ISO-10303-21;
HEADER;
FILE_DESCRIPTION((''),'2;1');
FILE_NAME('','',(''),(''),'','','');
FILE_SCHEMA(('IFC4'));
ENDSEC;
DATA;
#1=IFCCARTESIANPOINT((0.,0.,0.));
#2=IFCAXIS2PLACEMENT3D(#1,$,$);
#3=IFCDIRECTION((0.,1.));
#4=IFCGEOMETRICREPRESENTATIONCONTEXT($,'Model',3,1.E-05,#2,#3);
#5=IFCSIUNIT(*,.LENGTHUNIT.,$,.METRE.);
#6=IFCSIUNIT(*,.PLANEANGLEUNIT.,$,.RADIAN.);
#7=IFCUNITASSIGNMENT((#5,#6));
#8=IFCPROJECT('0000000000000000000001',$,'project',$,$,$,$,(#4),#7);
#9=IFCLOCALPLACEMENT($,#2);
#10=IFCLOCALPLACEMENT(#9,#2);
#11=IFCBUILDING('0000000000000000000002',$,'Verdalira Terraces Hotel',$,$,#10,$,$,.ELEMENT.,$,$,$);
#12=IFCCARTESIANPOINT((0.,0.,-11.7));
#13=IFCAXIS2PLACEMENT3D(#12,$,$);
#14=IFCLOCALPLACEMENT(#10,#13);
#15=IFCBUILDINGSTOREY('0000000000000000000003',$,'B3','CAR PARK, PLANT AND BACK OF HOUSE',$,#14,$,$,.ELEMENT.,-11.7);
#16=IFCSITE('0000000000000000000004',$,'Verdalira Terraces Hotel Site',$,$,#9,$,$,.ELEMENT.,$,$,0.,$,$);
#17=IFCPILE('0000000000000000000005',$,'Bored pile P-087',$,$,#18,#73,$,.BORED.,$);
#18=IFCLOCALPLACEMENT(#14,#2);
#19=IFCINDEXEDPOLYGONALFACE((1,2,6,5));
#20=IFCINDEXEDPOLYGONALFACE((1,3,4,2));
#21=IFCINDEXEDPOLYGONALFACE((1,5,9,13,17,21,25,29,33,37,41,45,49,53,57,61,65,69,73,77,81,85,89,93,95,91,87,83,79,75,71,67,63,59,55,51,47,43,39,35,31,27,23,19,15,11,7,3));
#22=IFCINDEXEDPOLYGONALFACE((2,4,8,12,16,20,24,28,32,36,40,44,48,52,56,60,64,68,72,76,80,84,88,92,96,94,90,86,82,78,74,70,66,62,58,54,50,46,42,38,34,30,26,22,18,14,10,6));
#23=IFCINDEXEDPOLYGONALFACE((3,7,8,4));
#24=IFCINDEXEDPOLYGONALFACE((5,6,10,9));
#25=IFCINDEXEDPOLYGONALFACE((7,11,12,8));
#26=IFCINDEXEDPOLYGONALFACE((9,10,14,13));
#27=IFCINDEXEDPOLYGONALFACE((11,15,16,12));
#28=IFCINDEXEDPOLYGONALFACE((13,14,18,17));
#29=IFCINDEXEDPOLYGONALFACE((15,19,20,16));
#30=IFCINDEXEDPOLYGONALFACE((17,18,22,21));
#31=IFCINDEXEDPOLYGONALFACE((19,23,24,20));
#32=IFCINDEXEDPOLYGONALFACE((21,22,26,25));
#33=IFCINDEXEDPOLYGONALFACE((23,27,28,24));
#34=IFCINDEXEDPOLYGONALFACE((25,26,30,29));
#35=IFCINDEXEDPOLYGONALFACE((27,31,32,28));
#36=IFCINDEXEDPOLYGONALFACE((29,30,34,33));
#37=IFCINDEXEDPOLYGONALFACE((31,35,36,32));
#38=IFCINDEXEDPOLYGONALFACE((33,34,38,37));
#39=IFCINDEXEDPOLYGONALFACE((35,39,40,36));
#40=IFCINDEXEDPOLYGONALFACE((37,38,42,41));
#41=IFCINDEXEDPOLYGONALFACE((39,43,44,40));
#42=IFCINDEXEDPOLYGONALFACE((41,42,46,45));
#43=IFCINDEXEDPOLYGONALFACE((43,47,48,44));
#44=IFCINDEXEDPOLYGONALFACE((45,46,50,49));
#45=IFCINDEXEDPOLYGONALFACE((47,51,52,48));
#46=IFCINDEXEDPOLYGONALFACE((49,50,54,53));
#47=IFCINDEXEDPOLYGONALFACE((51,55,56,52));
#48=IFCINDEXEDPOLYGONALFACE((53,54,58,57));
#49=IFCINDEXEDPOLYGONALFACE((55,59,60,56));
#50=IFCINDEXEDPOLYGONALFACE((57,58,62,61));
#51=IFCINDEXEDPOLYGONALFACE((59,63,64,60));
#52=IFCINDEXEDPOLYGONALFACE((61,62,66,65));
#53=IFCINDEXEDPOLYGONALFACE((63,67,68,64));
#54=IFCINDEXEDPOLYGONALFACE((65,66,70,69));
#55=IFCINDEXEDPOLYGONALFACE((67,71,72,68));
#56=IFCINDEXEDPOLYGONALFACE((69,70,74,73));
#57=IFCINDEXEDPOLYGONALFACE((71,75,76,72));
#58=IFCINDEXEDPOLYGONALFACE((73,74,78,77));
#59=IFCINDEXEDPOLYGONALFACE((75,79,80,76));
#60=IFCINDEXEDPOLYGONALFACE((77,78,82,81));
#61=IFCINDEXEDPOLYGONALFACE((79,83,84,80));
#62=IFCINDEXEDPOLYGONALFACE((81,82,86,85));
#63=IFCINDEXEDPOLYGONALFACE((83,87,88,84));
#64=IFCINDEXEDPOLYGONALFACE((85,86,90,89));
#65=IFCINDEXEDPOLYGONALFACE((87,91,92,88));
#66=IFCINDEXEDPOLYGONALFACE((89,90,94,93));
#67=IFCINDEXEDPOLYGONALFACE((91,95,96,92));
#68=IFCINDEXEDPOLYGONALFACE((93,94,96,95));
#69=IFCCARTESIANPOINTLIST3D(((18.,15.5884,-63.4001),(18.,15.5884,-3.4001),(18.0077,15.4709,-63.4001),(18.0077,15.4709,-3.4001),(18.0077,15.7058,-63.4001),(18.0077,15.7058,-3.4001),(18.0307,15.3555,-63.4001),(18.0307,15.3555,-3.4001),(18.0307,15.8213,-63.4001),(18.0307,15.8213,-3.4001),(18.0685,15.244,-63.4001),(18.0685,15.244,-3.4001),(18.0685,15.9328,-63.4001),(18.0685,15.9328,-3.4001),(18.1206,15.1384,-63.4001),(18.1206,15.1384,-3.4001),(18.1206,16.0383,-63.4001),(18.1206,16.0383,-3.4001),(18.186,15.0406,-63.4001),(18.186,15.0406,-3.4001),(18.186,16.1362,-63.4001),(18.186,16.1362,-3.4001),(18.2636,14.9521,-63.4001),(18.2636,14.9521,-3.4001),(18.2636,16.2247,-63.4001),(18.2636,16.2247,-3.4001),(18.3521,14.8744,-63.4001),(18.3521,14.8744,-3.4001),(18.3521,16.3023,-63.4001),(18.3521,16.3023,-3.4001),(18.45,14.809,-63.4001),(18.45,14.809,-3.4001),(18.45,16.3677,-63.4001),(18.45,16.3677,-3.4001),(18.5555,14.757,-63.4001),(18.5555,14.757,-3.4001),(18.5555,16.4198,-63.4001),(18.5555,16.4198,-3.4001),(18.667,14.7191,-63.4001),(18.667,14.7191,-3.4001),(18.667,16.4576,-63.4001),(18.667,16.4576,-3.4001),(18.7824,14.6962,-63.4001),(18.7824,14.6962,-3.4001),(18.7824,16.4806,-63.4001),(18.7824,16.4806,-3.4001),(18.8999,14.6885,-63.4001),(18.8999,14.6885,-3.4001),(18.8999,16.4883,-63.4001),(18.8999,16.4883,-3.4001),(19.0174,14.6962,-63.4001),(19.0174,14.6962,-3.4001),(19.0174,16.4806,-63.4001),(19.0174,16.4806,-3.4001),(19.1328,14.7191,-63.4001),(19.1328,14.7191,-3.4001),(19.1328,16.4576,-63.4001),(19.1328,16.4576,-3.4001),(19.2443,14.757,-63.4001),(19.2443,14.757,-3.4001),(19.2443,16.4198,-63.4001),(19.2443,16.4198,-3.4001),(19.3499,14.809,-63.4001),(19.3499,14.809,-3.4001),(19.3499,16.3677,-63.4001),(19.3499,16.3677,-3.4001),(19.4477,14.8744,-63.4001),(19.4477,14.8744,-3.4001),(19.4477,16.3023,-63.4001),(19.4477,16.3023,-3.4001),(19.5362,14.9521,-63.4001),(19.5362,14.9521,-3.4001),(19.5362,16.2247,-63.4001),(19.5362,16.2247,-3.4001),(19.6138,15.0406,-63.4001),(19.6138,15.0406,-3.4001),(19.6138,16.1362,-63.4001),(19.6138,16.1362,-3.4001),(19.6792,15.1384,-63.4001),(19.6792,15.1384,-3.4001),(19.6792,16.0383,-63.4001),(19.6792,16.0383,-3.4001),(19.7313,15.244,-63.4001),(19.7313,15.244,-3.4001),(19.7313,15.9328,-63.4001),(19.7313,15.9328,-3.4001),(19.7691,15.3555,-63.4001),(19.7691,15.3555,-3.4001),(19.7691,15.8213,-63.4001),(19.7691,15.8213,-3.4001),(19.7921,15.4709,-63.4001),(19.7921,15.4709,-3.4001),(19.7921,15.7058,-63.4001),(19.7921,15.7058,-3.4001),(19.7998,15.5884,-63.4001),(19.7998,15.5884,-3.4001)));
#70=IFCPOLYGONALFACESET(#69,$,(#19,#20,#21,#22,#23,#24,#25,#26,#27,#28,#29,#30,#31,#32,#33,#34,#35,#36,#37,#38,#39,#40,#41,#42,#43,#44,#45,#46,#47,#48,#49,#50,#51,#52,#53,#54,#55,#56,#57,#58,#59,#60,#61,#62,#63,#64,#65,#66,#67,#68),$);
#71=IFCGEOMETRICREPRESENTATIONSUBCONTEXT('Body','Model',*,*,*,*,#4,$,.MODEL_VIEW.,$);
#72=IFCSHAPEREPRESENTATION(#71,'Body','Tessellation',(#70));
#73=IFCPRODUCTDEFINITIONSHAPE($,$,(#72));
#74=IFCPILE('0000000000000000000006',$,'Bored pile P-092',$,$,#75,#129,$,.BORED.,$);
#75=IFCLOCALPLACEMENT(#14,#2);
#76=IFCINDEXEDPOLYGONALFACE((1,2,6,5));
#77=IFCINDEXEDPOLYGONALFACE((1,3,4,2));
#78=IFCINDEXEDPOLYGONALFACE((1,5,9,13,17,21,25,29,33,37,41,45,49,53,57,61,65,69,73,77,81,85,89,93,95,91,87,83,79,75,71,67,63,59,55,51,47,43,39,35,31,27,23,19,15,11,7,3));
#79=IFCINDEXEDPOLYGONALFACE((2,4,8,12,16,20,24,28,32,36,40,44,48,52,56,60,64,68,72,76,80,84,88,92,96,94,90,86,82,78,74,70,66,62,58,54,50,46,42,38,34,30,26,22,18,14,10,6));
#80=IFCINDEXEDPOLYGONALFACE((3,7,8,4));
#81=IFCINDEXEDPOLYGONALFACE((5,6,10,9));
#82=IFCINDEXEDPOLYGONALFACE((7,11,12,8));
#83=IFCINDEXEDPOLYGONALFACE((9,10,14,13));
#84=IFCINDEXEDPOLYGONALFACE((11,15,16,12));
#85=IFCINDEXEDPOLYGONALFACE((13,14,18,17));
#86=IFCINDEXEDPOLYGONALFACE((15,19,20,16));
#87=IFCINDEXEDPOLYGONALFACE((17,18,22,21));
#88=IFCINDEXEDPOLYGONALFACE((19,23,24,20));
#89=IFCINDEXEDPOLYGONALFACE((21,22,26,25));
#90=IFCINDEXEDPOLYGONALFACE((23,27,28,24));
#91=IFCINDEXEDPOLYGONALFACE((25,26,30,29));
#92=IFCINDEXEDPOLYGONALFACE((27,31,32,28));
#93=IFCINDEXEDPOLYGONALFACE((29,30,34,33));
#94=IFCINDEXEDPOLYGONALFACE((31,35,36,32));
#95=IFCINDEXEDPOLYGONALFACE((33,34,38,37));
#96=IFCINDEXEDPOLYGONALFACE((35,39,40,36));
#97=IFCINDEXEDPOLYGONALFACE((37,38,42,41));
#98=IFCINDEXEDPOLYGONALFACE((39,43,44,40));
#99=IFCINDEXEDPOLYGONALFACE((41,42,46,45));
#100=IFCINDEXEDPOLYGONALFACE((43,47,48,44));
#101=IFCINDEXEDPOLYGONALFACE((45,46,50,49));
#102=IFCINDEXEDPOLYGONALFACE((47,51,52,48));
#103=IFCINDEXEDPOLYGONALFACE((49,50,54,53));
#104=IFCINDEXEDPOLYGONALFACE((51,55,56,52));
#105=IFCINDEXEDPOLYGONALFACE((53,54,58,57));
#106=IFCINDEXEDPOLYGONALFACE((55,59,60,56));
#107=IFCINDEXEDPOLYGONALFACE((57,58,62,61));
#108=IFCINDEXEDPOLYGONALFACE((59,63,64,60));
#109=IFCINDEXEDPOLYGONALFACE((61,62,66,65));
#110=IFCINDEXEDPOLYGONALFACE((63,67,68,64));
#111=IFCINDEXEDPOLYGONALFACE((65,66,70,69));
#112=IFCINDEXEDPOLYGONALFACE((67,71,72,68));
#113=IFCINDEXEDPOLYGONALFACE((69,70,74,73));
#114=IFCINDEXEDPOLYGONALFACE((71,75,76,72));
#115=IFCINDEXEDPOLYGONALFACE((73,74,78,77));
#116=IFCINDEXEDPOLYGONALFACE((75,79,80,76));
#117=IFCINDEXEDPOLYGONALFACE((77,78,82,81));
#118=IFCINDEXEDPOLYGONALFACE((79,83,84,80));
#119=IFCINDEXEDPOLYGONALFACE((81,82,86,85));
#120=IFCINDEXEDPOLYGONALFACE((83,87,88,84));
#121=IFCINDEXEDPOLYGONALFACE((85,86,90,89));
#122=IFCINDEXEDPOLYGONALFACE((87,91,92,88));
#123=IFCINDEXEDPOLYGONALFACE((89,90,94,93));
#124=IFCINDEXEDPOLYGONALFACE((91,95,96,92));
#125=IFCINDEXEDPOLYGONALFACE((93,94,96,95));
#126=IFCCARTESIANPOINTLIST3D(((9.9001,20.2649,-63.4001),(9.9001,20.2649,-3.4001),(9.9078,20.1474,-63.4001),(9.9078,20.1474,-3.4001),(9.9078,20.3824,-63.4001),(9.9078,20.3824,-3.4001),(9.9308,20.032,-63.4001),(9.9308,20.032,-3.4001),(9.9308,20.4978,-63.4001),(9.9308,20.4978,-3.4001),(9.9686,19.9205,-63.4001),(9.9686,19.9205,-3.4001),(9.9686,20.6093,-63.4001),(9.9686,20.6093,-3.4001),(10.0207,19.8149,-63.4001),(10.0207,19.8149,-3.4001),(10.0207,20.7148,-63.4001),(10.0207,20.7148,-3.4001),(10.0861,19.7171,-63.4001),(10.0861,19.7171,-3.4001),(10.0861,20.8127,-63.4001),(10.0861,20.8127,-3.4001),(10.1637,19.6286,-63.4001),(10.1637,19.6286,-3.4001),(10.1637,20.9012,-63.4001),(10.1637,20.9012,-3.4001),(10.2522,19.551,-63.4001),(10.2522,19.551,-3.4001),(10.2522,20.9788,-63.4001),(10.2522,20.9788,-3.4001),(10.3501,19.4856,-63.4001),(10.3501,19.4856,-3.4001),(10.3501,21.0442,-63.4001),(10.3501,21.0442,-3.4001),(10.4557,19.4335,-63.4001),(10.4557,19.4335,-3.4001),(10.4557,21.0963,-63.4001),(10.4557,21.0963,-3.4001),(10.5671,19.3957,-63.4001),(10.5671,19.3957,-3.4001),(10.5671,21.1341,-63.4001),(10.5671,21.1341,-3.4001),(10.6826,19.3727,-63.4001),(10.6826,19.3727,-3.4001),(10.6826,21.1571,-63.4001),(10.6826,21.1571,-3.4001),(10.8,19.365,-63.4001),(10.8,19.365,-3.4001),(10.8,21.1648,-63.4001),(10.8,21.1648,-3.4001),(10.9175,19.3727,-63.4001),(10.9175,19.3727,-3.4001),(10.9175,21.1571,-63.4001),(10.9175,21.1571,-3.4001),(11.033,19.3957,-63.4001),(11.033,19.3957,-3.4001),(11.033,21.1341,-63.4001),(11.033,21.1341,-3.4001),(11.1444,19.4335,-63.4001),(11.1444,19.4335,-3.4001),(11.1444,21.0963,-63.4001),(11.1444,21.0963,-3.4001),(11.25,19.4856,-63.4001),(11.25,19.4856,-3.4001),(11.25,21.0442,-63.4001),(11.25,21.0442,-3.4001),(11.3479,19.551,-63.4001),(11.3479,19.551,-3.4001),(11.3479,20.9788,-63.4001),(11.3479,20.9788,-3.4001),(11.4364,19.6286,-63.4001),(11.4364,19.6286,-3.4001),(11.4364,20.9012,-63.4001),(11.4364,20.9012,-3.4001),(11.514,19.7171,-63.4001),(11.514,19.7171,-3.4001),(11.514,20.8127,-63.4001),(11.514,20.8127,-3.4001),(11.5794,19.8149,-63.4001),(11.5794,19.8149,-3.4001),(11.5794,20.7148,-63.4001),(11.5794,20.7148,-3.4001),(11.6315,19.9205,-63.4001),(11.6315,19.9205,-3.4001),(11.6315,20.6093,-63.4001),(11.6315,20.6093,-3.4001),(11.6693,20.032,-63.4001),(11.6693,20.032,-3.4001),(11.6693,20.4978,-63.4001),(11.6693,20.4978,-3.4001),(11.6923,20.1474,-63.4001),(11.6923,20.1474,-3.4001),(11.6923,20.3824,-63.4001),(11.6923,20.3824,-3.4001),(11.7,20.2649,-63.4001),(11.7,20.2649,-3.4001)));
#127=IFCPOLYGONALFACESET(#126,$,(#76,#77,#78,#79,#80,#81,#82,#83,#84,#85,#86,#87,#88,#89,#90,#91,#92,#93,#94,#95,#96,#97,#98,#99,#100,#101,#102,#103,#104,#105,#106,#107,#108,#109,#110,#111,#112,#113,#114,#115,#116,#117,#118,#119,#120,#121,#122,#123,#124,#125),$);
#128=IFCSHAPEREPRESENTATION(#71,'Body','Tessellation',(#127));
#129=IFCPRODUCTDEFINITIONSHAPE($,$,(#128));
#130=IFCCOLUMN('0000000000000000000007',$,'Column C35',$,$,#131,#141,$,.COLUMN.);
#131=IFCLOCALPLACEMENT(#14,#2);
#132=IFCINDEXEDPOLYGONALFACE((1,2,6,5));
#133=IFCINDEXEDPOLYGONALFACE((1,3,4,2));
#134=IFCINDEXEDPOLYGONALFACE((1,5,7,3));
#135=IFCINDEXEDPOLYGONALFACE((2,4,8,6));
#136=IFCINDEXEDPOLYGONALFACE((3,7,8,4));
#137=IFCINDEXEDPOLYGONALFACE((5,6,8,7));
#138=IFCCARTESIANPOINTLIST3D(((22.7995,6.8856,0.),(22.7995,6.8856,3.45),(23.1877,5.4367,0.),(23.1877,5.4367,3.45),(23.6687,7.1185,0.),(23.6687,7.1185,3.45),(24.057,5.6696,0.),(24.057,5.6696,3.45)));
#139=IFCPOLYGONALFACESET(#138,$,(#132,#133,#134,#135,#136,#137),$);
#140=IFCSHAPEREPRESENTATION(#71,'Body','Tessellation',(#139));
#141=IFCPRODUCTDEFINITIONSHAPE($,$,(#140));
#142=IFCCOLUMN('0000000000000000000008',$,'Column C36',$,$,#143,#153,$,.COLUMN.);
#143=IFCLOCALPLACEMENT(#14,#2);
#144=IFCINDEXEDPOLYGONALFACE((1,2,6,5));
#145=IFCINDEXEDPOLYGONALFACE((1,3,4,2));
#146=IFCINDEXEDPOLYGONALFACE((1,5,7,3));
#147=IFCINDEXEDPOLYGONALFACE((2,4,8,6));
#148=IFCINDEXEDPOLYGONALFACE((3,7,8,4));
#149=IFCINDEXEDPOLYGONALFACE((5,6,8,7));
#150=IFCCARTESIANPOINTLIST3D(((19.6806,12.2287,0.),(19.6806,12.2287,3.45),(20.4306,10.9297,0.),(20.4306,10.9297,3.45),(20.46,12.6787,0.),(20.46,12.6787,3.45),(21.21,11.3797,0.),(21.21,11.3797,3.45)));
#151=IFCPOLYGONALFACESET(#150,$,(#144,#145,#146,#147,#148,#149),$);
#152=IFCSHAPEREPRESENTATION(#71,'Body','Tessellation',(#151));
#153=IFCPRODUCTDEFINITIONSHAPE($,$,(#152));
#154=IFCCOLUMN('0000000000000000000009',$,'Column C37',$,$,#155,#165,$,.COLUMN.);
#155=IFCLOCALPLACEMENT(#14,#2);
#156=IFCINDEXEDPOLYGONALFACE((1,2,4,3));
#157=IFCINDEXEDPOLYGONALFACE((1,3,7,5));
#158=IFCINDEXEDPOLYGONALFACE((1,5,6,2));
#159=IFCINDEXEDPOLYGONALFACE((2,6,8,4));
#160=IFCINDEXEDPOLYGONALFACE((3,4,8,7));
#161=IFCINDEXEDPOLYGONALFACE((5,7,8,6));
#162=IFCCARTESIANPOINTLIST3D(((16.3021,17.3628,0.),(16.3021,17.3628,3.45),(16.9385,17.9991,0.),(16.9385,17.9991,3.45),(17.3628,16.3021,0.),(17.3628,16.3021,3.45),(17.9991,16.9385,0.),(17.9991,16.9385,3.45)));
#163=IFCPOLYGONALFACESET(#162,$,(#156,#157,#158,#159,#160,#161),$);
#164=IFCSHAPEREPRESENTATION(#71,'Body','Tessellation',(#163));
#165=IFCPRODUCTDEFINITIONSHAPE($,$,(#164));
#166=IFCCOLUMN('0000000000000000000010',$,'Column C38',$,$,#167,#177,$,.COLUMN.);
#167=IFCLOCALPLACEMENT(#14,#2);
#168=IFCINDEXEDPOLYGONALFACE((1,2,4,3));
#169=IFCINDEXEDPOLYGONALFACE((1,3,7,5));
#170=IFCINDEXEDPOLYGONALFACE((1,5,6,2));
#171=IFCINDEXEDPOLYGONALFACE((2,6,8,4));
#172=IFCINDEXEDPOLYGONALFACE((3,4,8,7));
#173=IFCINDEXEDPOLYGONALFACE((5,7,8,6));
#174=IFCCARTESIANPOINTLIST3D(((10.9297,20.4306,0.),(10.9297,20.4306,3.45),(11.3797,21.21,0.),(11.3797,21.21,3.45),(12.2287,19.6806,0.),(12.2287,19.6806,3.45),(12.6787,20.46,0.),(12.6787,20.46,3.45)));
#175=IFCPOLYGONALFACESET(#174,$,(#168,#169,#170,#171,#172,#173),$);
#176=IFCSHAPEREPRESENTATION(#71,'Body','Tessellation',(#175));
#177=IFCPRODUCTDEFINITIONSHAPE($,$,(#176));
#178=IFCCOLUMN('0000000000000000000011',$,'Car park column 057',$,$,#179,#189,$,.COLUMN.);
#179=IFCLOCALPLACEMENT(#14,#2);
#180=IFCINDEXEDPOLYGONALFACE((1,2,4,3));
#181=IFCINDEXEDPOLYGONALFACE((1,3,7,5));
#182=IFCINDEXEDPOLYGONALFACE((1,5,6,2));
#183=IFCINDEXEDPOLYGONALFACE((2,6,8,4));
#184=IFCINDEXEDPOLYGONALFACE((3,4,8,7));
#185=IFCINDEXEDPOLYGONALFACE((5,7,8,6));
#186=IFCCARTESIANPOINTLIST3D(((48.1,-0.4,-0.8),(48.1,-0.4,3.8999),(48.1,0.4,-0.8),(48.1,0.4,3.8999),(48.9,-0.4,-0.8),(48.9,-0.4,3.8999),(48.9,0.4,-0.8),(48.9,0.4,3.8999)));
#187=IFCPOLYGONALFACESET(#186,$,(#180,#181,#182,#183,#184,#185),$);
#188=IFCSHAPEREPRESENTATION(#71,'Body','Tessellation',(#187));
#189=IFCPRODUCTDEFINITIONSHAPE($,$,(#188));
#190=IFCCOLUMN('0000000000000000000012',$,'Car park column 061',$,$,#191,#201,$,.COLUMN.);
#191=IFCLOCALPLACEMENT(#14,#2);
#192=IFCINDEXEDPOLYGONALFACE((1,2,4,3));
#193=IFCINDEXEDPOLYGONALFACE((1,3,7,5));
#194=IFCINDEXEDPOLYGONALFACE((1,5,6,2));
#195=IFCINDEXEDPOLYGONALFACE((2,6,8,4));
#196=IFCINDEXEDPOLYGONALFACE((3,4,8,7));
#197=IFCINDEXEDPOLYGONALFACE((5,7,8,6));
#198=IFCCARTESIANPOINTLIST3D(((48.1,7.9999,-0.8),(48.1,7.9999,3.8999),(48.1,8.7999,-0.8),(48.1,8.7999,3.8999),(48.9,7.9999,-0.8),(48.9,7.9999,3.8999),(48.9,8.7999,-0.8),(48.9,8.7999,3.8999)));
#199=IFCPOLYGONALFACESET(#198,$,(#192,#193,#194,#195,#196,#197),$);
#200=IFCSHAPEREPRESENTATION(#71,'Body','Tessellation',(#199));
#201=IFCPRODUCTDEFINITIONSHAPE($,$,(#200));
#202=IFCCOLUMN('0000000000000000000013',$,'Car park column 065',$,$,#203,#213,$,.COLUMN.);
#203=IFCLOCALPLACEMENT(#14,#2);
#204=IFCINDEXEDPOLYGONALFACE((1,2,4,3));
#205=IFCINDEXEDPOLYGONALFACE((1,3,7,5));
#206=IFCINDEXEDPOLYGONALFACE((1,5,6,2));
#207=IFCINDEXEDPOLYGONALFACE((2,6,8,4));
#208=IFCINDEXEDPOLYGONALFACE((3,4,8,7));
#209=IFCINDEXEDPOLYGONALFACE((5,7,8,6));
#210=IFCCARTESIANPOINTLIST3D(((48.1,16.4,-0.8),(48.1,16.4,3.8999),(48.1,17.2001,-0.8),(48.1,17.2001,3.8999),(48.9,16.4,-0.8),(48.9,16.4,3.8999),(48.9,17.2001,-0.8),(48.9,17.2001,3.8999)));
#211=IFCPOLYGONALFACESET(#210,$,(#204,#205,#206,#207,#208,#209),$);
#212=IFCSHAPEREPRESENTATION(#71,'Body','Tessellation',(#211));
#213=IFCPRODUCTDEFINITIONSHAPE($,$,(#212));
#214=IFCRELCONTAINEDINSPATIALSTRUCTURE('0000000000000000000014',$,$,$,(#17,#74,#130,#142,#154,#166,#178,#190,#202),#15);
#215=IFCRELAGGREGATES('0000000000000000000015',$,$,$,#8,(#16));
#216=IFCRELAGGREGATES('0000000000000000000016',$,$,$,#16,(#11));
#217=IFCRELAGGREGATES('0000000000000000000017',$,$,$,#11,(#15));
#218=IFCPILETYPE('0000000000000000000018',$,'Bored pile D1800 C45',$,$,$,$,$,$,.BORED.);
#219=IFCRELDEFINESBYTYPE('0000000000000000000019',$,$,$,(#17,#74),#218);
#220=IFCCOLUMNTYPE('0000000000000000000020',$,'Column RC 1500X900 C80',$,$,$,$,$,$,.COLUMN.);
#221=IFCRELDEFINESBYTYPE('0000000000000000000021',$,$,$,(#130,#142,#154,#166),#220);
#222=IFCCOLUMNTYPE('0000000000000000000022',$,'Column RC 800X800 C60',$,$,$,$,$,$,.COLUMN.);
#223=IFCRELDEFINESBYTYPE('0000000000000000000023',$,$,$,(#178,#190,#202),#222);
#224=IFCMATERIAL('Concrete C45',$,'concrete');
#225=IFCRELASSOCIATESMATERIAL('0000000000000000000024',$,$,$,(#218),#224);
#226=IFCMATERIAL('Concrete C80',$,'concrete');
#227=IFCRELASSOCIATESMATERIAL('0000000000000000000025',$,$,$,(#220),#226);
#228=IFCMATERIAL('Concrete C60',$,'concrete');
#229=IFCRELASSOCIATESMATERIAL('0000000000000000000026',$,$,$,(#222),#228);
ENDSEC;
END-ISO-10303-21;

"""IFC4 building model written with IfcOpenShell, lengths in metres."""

from ifc_helpers import new_model, si_unit, direction, frame, origin, origin_2d, place, context, subcontext, project, spatial, rectangle, circle, extrude, material, material_profile, profile_set, type_object, element, save


model = new_model("IFC4")

# Units and contexts
model_context = context("Model", 3, precision=1e-05, world=origin(), true_north=direction((0.0, 1.0)))
body_context = subcontext(model_context, "Body", "Model", "MODEL_VIEW")
ifc_project = project(units=[si_unit("LENGTHUNIT", "METRE"), si_unit("PLANEANGLEUNIT", "RADIAN")], contexts=[model_context])

# Site, building, storey
site_placement = place(None, origin())
site = spatial("IfcSite", under=ifc_project, at=site_placement, Name="Verdalira Terraces Hotel Site", CompositionType="ELEMENT", RefElevation=0.0)
building_placement = place(site_placement, origin())
building = spatial("IfcBuilding", under=site, at=building_placement, Name="Verdalira Terraces Hotel", CompositionType="ELEMENT")
storey_placement = place(building_placement, frame((0.0, 0.0, -11.7)))
storey = spatial("IfcBuildingStorey", under=building, at=storey_placement, Name="B3", Description="CAR PARK, PLANT AND BACK OF HOUSE", CompositionType="ELEMENT", Elevation=-11.7)

# Piles
ifc_material_1 = material(Name="Concrete C45", Category="concrete")
ifc_material_profile_1 = material_profile(ifc_material_1, circle(Radius=0.8999, at=origin_2d()), Name="D1800")
ifc_profile_set_1 = profile_set([ifc_material_profile_1], Name="Concrete C45")
pile_type = type_object("IfcPileType", Name="Bored pile D1800 C45", PredefinedType="BORED", material=ifc_profile_set_1)
for number, where, z_axis, x_axis, name in (
    (1, (18.8999, 15.5884, -3.4001), (0.0, 0.0, -1.0), (1.0, 0.0, 0.0), "Bored pile P-087"),
    (2, (10.8, 20.2649, -3.4001), (0.0, 0.0, -1.0), (1.0, 0.0, 0.0), "Bored pile P-092"),
):
    element("IfcPile", number, at=place(storey_placement, frame(where, z_axis=z_axis, x_axis=x_axis)), inside=storey, type_object=pile_type, Name=name, PredefinedType="BORED", context=body_context, shape_type="SweptSolid", body=[
        extrude(circle(Radius=0.8999, at=origin_2d()), origin(), (0.0, 0.0, 1.0), 60.0),
    ])

# Columns
ifc_material_2 = material(Name="Concrete C80", Category="concrete")
ifc_material_profile_2 = material_profile(ifc_material_2, rectangle(XDim=1.5, YDim=0.8999, at=origin_2d()), Name="RC 1500X900")
ifc_profile_set_2 = profile_set([ifc_material_profile_2], Name="Concrete C80")
column_type_1 = type_object("IfcColumnType", Name="Column RC 1500X900 C80", PredefinedType="COLUMN", material=ifc_profile_set_2)
for number, where, z_axis, x_axis, name in (
    (3, (23.4282, 6.2776, 0.0), (0.0, 0.0, 1.0), (0.258819, -0.965926, 0.0), "Column C35"),
    (4, (20.4453, 11.8042, 0.0), (0.0, 0.0, 1.0), (-0.5, 0.866025, 0.0), "Column C36"),
    (5, (17.1506, 17.1506, 0.0), (0.0, 0.0, 1.0), (0.707107, -0.707107, 0.0), "Column C37"),
    (6, (11.8042, 20.4453, 0.0), (0.0, 0.0, 1.0), (-0.866025, 0.5, 0.0), "Column C38"),
):
    element("IfcColumn", number, at=place(storey_placement, frame(where, z_axis=z_axis, x_axis=x_axis)), inside=storey, type_object=column_type_1, Name=name, PredefinedType="COLUMN", context=body_context, shape_type="SweptSolid", body=[
        extrude(rectangle(XDim=1.5, YDim=0.8999, at=origin_2d()), origin(), (0.0, 0.0, 1.0), 3.45),
    ])
ifc_material_3 = material(Name="Concrete C60", Category="concrete")
ifc_material_profile_3 = material_profile(ifc_material_3, rectangle(XDim=0.8, YDim=0.8, at=origin_2d()), Name="RC 800X800")
ifc_profile_set_3 = profile_set([ifc_material_profile_3], Name="Concrete C60")
column_type_2 = type_object("IfcColumnType", Name="Column RC 800X800 C60", PredefinedType="COLUMN", material=ifc_profile_set_3)
for number, where, z_axis, x_axis, name in (
    (7, (48.5, 0.0, -0.8), (0.0, 0.0, 1.0), (1.0, 0.0, 0.0), "Car park column 057"),
    (8, (48.5, 8.3999, -0.8), (0.0, 0.0, 1.0), (1.0, 0.0, 0.0), "Car park column 061"),
    (9, (48.5, 16.8, -0.8), (0.0, 0.0, 1.0), (1.0, 0.0, 0.0), "Car park column 065"),
):
    element("IfcColumn", number, at=place(storey_placement, frame(where, z_axis=z_axis, x_axis=x_axis)), inside=storey, type_object=column_type_2, Name=name, PredefinedType="COLUMN", context=body_context, shape_type="SweptSolid", body=[
        extrude(rectangle(XDim=0.8, YDim=0.8, at=origin_2d()), origin(), (0.0, 0.0, 1.0), 4.7),
    ])

save(model, "model.ifc")
